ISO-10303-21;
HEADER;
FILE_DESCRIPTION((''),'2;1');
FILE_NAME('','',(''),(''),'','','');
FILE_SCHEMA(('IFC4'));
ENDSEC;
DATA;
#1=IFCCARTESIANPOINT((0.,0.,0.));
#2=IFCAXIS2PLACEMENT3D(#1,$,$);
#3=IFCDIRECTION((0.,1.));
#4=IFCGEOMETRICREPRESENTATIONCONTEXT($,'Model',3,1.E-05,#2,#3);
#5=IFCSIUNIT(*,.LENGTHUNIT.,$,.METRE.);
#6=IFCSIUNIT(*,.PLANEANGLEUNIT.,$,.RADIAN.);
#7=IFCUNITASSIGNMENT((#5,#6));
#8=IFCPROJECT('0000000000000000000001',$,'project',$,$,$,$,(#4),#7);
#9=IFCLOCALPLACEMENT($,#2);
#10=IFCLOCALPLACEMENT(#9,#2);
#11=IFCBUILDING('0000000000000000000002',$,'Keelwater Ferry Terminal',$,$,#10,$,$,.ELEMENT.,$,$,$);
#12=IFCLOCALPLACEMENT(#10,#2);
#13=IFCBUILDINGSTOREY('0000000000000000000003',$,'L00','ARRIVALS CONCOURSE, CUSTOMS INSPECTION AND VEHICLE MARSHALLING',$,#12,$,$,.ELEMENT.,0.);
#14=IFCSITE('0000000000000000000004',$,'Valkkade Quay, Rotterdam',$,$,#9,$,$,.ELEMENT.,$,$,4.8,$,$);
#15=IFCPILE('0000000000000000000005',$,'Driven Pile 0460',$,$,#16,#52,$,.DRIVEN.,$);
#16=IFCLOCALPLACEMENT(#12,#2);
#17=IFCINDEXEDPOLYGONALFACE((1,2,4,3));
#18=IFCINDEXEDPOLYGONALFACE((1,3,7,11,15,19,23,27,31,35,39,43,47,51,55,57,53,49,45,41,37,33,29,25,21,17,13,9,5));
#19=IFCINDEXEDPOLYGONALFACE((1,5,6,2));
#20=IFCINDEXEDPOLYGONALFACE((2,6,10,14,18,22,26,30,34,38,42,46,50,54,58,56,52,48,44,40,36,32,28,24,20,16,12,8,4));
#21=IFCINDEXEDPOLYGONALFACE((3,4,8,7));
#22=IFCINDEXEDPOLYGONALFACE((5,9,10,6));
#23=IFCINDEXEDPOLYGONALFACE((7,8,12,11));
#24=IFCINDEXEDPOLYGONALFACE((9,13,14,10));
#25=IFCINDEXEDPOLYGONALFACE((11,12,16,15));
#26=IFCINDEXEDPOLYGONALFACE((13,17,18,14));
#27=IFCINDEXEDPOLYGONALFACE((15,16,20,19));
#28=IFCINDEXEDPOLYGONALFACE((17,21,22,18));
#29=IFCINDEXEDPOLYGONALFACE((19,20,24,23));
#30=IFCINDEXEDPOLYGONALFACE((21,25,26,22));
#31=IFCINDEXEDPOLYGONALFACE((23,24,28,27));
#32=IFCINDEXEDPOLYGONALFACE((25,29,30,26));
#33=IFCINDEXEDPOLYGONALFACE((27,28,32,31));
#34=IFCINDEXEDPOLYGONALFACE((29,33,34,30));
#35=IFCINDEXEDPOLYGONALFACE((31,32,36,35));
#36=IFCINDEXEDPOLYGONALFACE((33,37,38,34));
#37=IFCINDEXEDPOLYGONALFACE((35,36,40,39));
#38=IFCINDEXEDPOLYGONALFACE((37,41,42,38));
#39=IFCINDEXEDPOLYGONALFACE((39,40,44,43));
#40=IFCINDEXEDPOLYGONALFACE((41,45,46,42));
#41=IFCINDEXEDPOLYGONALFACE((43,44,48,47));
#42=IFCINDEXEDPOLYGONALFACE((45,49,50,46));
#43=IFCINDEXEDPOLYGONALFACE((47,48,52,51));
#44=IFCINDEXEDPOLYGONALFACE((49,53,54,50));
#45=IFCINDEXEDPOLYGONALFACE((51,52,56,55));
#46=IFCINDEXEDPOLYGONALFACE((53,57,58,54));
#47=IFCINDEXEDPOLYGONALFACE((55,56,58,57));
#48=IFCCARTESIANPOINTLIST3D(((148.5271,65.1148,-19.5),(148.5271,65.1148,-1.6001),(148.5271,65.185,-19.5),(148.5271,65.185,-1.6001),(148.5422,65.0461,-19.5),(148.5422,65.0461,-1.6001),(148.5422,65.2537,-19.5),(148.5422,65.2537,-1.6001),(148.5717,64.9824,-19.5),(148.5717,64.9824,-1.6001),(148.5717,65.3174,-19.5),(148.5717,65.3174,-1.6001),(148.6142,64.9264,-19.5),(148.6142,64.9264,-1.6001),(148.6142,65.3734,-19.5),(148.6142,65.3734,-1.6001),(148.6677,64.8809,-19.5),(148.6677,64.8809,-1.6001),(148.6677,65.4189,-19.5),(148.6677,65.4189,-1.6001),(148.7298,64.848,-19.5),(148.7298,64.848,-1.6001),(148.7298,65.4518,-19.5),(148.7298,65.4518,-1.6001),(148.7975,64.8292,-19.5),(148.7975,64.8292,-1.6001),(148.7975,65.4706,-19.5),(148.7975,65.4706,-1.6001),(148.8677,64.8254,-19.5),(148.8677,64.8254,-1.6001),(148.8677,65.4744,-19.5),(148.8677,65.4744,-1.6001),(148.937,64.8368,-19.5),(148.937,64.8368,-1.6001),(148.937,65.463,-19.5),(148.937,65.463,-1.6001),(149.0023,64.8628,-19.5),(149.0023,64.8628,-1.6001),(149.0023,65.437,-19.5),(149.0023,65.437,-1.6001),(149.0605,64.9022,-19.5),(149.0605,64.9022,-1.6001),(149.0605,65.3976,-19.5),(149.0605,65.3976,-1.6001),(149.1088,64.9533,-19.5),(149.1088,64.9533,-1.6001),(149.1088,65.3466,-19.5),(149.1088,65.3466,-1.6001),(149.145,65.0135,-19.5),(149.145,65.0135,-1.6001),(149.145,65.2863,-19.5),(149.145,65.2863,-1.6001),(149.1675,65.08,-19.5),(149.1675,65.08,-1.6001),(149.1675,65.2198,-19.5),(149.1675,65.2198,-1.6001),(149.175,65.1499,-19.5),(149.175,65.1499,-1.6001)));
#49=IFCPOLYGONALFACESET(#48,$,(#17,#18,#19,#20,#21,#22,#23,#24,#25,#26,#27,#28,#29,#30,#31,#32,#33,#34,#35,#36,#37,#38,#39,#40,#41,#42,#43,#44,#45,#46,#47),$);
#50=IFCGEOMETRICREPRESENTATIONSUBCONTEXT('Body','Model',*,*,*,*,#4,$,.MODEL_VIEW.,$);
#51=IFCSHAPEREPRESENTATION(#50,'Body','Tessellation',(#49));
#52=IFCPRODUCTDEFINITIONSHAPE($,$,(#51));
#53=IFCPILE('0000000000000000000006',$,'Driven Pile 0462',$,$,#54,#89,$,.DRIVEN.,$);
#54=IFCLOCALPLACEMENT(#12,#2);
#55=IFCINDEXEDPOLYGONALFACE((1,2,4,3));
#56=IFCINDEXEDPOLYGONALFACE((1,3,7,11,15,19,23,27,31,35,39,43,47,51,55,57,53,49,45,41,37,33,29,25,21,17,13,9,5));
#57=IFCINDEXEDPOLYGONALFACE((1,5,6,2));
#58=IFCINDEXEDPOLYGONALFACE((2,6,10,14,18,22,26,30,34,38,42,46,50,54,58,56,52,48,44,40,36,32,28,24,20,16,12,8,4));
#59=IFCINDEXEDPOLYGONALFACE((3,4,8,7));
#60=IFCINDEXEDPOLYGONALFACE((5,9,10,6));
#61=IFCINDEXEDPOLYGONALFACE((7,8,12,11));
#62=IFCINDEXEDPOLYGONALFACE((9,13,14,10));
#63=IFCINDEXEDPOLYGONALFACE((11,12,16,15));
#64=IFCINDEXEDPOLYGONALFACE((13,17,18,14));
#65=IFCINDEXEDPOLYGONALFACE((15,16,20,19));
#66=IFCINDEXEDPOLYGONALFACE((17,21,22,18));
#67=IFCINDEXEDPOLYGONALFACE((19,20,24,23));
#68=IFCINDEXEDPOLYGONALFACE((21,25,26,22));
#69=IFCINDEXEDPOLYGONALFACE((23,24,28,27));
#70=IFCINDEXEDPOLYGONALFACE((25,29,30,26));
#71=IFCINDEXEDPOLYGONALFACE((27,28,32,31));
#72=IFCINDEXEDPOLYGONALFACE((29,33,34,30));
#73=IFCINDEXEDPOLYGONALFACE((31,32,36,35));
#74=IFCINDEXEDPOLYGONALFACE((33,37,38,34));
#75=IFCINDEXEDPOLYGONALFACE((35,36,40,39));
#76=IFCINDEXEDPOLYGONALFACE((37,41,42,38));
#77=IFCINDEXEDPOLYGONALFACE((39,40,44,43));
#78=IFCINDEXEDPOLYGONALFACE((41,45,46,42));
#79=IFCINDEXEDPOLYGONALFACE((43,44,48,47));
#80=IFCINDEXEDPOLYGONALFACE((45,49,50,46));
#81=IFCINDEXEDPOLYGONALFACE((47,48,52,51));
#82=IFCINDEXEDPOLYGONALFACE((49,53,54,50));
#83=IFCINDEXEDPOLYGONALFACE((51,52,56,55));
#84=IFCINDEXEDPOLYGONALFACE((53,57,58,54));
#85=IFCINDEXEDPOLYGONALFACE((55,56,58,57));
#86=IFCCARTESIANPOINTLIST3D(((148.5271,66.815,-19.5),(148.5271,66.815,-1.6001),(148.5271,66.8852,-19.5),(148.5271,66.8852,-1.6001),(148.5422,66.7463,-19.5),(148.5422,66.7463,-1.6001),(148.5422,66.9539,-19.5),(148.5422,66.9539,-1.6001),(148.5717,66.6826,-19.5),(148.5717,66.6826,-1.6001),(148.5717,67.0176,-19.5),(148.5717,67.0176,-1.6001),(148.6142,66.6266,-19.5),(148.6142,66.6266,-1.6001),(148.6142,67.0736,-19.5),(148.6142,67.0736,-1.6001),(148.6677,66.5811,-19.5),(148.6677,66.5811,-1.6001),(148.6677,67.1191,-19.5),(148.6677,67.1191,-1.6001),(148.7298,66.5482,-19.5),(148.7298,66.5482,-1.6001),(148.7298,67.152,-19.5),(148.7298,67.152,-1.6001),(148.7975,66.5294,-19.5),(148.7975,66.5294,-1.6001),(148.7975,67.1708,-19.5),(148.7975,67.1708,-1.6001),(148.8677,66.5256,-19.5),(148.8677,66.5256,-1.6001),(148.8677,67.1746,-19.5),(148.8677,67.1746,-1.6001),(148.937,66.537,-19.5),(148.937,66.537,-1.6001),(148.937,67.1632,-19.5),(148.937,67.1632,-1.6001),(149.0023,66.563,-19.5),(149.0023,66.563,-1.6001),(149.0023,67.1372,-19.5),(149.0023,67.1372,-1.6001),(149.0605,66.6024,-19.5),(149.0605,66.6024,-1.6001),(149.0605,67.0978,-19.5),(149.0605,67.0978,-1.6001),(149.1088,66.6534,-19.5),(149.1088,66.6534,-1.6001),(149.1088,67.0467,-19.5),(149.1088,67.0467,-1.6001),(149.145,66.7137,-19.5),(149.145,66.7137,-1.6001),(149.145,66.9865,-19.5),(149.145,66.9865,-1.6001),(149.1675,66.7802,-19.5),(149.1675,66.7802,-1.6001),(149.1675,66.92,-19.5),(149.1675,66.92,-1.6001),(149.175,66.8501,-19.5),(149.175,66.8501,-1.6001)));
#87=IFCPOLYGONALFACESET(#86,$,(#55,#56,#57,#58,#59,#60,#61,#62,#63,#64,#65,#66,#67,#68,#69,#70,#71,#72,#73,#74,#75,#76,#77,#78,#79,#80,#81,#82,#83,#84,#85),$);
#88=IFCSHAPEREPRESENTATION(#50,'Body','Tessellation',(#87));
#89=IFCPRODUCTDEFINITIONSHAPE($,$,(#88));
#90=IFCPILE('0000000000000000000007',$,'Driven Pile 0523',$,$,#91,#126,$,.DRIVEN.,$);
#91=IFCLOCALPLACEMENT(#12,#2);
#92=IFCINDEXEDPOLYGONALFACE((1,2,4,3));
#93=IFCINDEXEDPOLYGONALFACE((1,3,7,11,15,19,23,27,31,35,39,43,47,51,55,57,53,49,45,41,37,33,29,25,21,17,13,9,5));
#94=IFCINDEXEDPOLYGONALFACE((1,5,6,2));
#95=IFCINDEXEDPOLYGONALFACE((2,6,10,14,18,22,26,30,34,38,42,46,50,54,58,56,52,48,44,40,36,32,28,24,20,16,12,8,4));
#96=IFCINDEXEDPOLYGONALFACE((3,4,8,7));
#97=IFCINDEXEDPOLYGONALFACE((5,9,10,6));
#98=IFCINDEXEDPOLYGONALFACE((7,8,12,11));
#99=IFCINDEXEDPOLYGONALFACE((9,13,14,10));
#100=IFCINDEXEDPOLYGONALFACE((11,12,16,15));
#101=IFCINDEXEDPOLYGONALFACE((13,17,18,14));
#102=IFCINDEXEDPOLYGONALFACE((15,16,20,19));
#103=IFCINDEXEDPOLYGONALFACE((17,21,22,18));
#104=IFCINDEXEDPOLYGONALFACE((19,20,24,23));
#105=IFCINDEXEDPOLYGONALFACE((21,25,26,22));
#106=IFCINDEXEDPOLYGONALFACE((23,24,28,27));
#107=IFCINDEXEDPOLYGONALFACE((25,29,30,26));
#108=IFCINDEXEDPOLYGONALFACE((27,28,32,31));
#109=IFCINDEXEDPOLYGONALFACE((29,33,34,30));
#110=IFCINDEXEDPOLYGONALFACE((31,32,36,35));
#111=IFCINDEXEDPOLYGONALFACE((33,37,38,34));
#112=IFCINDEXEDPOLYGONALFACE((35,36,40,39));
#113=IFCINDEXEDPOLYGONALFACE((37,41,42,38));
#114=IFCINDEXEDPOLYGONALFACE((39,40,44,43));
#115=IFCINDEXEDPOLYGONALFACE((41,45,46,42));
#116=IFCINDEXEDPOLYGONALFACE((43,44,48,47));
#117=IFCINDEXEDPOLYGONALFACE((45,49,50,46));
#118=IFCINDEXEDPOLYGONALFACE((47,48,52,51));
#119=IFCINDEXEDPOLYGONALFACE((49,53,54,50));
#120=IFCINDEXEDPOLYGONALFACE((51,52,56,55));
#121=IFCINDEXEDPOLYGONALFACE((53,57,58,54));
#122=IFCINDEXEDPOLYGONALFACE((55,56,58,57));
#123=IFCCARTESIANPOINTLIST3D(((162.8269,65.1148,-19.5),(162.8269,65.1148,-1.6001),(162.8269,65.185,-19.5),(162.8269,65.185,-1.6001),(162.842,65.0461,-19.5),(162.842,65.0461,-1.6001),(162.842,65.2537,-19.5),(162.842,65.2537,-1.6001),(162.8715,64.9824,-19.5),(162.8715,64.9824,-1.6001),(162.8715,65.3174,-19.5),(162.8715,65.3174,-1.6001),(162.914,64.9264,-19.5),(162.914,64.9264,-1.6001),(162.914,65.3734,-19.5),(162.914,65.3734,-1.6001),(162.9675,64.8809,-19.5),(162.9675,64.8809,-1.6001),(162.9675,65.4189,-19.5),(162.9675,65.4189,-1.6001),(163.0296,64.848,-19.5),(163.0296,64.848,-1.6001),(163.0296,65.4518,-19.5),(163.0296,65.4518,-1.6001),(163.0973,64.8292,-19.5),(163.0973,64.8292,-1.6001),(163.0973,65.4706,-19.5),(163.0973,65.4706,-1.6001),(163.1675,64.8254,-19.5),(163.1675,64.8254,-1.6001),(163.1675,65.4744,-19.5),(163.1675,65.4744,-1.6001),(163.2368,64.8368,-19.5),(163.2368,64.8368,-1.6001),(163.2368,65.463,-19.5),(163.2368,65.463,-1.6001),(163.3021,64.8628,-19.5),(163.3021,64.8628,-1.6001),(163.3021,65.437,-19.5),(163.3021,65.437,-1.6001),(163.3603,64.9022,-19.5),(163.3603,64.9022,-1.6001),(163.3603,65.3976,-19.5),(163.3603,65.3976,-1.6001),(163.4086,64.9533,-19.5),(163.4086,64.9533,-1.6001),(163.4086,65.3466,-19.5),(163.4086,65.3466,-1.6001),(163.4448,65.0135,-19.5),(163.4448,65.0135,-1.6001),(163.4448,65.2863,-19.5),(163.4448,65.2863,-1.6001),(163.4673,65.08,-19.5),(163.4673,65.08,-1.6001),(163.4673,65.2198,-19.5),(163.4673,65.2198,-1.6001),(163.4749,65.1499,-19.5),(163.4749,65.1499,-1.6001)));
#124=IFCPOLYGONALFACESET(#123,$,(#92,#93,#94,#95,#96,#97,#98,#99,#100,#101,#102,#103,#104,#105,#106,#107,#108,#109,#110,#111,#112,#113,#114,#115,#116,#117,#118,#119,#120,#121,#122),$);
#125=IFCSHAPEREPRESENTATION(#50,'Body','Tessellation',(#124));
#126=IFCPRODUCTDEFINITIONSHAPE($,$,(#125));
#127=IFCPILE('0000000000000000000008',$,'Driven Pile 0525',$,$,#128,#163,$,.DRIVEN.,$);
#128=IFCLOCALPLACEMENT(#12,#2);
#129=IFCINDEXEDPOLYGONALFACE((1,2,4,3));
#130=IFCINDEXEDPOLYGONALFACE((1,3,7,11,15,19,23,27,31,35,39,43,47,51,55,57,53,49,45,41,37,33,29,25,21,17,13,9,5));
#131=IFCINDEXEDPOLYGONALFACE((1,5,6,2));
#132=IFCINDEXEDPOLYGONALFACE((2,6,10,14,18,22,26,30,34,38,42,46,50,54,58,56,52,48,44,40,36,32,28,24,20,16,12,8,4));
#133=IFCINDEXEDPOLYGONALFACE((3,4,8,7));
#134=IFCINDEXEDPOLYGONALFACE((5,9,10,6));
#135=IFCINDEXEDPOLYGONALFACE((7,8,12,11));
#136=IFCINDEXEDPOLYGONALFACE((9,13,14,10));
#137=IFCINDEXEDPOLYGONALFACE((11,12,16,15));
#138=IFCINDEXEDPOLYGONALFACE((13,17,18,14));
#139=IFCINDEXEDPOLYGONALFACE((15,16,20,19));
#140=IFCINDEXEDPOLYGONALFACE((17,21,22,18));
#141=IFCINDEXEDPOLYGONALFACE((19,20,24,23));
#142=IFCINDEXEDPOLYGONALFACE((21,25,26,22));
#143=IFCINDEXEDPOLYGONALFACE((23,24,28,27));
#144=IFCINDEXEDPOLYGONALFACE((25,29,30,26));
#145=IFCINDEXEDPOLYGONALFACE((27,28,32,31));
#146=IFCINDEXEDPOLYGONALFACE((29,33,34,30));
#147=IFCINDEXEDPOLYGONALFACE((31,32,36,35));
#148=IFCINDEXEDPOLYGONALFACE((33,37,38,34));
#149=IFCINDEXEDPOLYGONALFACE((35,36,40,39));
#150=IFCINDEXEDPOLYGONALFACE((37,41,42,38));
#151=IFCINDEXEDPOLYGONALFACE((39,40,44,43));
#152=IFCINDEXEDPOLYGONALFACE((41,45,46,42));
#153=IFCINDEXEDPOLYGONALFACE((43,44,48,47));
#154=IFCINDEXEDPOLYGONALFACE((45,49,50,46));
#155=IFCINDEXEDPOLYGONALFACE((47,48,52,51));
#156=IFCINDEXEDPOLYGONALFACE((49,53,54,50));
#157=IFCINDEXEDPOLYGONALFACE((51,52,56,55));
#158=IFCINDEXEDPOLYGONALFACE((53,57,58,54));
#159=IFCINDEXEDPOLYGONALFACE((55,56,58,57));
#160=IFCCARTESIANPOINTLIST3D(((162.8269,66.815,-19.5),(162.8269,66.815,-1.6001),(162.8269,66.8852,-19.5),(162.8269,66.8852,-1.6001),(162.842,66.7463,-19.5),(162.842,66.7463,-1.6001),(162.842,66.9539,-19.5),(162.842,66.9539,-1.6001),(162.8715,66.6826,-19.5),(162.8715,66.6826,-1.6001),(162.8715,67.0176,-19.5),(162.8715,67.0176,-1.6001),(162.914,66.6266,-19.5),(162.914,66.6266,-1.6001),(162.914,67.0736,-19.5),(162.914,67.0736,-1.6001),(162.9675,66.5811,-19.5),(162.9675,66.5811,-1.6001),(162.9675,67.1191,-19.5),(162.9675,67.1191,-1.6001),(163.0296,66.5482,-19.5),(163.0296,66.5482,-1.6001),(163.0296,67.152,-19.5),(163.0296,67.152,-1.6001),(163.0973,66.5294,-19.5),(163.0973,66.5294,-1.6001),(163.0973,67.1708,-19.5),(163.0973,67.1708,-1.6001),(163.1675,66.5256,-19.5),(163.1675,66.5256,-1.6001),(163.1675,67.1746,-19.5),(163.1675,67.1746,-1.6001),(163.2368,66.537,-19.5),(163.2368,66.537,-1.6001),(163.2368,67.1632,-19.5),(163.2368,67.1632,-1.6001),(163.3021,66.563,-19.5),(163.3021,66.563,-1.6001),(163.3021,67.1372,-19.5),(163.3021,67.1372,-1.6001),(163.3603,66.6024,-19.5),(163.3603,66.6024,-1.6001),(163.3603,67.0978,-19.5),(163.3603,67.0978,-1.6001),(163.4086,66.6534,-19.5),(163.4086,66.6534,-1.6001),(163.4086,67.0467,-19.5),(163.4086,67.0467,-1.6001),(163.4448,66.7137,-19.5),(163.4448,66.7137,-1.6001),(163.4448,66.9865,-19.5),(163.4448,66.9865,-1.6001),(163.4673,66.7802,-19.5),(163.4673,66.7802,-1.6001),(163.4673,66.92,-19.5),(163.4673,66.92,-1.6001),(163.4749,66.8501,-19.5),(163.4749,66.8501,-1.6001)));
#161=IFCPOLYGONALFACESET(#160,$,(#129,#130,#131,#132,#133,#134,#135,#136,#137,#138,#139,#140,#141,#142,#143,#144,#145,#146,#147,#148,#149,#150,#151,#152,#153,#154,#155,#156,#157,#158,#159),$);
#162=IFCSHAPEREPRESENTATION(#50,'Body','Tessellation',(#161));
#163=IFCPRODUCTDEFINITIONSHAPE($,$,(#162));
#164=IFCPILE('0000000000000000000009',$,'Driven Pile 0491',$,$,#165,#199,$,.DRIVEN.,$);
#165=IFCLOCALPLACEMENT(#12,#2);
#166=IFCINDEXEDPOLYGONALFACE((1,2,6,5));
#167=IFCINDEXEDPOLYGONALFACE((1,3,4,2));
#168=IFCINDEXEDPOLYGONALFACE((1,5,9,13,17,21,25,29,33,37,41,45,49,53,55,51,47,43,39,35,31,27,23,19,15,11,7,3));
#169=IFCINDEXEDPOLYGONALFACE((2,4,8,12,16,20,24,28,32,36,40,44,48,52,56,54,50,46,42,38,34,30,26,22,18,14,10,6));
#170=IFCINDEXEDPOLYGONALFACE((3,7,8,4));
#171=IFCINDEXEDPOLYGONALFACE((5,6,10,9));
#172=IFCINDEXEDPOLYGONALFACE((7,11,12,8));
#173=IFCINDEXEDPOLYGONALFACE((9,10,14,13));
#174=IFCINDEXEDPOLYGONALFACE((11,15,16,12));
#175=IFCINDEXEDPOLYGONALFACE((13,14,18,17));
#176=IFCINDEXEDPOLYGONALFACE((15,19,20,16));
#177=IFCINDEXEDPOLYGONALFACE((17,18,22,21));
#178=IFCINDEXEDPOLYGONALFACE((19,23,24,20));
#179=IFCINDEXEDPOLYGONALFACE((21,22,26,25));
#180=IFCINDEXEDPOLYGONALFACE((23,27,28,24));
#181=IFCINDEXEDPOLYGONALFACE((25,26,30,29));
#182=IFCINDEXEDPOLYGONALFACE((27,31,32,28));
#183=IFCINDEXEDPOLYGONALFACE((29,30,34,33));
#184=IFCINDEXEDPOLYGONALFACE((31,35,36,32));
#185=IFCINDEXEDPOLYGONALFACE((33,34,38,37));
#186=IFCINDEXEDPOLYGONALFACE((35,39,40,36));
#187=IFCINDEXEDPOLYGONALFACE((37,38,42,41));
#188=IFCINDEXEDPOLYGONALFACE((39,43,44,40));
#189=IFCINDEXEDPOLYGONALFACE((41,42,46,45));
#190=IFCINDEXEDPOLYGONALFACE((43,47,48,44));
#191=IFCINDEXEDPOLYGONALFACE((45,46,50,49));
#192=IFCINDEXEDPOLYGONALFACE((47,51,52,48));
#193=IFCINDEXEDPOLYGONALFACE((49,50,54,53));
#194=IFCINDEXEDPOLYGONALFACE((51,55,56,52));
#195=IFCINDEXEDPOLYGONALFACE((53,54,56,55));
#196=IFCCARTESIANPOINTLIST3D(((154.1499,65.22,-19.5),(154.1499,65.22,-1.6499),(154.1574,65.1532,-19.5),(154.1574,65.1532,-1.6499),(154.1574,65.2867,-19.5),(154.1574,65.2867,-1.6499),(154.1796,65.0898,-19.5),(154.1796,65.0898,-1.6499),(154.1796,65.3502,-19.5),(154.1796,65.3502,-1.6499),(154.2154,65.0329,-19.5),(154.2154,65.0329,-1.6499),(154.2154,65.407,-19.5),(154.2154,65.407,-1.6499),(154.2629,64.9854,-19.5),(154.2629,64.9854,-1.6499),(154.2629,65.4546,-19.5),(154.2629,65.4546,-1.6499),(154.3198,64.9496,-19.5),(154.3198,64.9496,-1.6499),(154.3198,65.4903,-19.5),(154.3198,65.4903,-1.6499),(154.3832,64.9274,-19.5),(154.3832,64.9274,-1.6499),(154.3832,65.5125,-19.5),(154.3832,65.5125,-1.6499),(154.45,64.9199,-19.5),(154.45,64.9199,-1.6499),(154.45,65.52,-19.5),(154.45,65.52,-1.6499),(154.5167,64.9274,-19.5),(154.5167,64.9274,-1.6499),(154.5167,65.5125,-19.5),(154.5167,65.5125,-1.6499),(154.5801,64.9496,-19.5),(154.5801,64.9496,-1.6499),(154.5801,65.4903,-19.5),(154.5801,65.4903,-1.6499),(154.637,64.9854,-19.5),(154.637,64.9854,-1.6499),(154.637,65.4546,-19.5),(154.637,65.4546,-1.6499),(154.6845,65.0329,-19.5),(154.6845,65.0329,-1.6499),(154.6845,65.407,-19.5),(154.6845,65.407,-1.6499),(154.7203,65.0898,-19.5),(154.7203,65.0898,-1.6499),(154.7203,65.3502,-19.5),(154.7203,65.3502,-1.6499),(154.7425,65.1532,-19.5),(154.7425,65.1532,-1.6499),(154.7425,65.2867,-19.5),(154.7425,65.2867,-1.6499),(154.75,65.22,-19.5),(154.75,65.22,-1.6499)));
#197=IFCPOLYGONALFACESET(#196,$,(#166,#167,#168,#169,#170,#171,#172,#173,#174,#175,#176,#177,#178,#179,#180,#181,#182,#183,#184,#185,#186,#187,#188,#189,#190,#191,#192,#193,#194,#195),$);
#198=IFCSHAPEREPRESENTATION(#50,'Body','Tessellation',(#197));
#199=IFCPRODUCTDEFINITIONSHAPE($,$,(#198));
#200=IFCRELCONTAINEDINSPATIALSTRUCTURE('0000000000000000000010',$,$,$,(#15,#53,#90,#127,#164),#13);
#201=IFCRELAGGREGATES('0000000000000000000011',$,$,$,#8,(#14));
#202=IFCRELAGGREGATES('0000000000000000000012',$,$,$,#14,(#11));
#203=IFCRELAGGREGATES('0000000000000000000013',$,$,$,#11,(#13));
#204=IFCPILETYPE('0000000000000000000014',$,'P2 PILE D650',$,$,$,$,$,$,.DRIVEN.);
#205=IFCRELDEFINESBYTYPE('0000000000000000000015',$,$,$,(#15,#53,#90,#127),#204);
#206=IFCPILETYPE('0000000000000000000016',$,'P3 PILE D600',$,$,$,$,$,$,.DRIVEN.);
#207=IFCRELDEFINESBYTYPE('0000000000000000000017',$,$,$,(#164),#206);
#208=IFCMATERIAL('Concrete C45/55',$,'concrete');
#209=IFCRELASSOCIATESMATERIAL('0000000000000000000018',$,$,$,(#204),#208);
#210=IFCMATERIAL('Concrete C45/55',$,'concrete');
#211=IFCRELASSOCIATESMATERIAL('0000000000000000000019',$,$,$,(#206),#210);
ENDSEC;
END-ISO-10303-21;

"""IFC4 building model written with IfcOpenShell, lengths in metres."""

from ifc_helpers import new_model, si_unit, direction, frame, origin, origin_2d, place, context, subcontext, project, spatial, circle, extrude, material, material_profile, profile_set, type_object, element, save


model = new_model("IFC4")

# Units and contexts
model_context = context("Model", 3, precision=1e-05, world=origin(), true_north=direction((0.0, 1.0)))
body_context = subcontext(model_context, "Body", "Model", "MODEL_VIEW")
ifc_project = project(units=[si_unit("LENGTHUNIT", "METRE"), si_unit("PLANEANGLEUNIT", "RADIAN")], contexts=[model_context])

# Site, building, storey
site_placement = place(None, origin())
site = spatial("IfcSite", under=ifc_project, at=site_placement, Name="Valkkade Quay, Rotterdam", CompositionType="ELEMENT", RefElevation=4.8)
building_placement = place(site_placement, origin())
building = spatial("IfcBuilding", under=site, at=building_placement, Name="Keelwater Ferry Terminal", CompositionType="ELEMENT")
storey_placement = place(building_placement, origin())
storey = spatial("IfcBuildingStorey", under=building, at=storey_placement, Name="L00", Description="ARRIVALS CONCOURSE, CUSTOMS INSPECTION AND VEHICLE MARSHALLING", CompositionType="ELEMENT", Elevation=0.0)

# Piles
ifc_material_1 = material(Name="Concrete C45/55", Category="concrete")
ifc_material_profile_1 = material_profile(ifc_material_1, circle(Radius=0.325, at=origin_2d()), Name="PILE D650")
ifc_profile_set_1 = profile_set([ifc_material_profile_1], Name="Concrete C45/55")
pile_type_1 = type_object("IfcPileType", Name="P2 PILE D650", PredefinedType="DRIVEN", material=ifc_profile_set_1)
for number, where, z_axis, x_axis, name in (
    (1, (148.8501, 65.1499, -1.6001), (0.0, 0.0, -1.0), (1.0, 0.0, 0.0), "Driven Pile 0460"),
    (2, (148.8501, 66.8501, -1.6001), (0.0, 0.0, -1.0), (1.0, 0.0, 0.0), "Driven Pile 0462"),
    (3, (163.1499, 65.1499, -1.6001), (0.0, 0.0, -1.0), (1.0, 0.0, 0.0), "Driven Pile 0523"),
    (4, (163.1499, 66.8501, -1.6001), (0.0, 0.0, -1.0), (1.0, 0.0, 0.0), "Driven Pile 0525"),
):
    element("IfcPile", number, at=place(storey_placement, frame(where, z_axis=z_axis, x_axis=x_axis)), inside=storey, type_object=pile_type_1, Name=name, PredefinedType="DRIVEN", context=body_context, shape_type="SweptSolid", body=[
        extrude(circle(Radius=0.325, at=origin_2d()), origin(), (0.0, 0.0, 1.0), 17.8999),
    ])
ifc_material_2 = material(Name="Concrete C45/55", Category="concrete")
ifc_material_profile_2 = material_profile(ifc_material_2, circle(Radius=0.3, at=origin_2d()), Name="PILE D600")
ifc_profile_set_2 = profile_set([ifc_material_profile_2], Name="Concrete C45/55")
pile_type_2 = type_object("IfcPileType", Name="P3 PILE D600", PredefinedType="DRIVEN", material=ifc_profile_set_2)
for number, where, z_axis, x_axis, name in (
    (5, (154.45, 65.22, -1.6499), (0.0, 0.0, -1.0), (1.0, 0.0, 0.0), "Driven Pile 0491"),
):
    element("IfcPile", number, at=place(storey_placement, frame(where, z_axis=z_axis, x_axis=x_axis)), inside=storey, type_object=pile_type_2, Name=name, PredefinedType="DRIVEN", context=body_context, shape_type="SweptSolid", body=[
        extrude(circle(Radius=0.3, at=origin_2d()), origin(), (0.0, 0.0, 1.0), 17.8501),
    ])

save(model, "model.ifc")
